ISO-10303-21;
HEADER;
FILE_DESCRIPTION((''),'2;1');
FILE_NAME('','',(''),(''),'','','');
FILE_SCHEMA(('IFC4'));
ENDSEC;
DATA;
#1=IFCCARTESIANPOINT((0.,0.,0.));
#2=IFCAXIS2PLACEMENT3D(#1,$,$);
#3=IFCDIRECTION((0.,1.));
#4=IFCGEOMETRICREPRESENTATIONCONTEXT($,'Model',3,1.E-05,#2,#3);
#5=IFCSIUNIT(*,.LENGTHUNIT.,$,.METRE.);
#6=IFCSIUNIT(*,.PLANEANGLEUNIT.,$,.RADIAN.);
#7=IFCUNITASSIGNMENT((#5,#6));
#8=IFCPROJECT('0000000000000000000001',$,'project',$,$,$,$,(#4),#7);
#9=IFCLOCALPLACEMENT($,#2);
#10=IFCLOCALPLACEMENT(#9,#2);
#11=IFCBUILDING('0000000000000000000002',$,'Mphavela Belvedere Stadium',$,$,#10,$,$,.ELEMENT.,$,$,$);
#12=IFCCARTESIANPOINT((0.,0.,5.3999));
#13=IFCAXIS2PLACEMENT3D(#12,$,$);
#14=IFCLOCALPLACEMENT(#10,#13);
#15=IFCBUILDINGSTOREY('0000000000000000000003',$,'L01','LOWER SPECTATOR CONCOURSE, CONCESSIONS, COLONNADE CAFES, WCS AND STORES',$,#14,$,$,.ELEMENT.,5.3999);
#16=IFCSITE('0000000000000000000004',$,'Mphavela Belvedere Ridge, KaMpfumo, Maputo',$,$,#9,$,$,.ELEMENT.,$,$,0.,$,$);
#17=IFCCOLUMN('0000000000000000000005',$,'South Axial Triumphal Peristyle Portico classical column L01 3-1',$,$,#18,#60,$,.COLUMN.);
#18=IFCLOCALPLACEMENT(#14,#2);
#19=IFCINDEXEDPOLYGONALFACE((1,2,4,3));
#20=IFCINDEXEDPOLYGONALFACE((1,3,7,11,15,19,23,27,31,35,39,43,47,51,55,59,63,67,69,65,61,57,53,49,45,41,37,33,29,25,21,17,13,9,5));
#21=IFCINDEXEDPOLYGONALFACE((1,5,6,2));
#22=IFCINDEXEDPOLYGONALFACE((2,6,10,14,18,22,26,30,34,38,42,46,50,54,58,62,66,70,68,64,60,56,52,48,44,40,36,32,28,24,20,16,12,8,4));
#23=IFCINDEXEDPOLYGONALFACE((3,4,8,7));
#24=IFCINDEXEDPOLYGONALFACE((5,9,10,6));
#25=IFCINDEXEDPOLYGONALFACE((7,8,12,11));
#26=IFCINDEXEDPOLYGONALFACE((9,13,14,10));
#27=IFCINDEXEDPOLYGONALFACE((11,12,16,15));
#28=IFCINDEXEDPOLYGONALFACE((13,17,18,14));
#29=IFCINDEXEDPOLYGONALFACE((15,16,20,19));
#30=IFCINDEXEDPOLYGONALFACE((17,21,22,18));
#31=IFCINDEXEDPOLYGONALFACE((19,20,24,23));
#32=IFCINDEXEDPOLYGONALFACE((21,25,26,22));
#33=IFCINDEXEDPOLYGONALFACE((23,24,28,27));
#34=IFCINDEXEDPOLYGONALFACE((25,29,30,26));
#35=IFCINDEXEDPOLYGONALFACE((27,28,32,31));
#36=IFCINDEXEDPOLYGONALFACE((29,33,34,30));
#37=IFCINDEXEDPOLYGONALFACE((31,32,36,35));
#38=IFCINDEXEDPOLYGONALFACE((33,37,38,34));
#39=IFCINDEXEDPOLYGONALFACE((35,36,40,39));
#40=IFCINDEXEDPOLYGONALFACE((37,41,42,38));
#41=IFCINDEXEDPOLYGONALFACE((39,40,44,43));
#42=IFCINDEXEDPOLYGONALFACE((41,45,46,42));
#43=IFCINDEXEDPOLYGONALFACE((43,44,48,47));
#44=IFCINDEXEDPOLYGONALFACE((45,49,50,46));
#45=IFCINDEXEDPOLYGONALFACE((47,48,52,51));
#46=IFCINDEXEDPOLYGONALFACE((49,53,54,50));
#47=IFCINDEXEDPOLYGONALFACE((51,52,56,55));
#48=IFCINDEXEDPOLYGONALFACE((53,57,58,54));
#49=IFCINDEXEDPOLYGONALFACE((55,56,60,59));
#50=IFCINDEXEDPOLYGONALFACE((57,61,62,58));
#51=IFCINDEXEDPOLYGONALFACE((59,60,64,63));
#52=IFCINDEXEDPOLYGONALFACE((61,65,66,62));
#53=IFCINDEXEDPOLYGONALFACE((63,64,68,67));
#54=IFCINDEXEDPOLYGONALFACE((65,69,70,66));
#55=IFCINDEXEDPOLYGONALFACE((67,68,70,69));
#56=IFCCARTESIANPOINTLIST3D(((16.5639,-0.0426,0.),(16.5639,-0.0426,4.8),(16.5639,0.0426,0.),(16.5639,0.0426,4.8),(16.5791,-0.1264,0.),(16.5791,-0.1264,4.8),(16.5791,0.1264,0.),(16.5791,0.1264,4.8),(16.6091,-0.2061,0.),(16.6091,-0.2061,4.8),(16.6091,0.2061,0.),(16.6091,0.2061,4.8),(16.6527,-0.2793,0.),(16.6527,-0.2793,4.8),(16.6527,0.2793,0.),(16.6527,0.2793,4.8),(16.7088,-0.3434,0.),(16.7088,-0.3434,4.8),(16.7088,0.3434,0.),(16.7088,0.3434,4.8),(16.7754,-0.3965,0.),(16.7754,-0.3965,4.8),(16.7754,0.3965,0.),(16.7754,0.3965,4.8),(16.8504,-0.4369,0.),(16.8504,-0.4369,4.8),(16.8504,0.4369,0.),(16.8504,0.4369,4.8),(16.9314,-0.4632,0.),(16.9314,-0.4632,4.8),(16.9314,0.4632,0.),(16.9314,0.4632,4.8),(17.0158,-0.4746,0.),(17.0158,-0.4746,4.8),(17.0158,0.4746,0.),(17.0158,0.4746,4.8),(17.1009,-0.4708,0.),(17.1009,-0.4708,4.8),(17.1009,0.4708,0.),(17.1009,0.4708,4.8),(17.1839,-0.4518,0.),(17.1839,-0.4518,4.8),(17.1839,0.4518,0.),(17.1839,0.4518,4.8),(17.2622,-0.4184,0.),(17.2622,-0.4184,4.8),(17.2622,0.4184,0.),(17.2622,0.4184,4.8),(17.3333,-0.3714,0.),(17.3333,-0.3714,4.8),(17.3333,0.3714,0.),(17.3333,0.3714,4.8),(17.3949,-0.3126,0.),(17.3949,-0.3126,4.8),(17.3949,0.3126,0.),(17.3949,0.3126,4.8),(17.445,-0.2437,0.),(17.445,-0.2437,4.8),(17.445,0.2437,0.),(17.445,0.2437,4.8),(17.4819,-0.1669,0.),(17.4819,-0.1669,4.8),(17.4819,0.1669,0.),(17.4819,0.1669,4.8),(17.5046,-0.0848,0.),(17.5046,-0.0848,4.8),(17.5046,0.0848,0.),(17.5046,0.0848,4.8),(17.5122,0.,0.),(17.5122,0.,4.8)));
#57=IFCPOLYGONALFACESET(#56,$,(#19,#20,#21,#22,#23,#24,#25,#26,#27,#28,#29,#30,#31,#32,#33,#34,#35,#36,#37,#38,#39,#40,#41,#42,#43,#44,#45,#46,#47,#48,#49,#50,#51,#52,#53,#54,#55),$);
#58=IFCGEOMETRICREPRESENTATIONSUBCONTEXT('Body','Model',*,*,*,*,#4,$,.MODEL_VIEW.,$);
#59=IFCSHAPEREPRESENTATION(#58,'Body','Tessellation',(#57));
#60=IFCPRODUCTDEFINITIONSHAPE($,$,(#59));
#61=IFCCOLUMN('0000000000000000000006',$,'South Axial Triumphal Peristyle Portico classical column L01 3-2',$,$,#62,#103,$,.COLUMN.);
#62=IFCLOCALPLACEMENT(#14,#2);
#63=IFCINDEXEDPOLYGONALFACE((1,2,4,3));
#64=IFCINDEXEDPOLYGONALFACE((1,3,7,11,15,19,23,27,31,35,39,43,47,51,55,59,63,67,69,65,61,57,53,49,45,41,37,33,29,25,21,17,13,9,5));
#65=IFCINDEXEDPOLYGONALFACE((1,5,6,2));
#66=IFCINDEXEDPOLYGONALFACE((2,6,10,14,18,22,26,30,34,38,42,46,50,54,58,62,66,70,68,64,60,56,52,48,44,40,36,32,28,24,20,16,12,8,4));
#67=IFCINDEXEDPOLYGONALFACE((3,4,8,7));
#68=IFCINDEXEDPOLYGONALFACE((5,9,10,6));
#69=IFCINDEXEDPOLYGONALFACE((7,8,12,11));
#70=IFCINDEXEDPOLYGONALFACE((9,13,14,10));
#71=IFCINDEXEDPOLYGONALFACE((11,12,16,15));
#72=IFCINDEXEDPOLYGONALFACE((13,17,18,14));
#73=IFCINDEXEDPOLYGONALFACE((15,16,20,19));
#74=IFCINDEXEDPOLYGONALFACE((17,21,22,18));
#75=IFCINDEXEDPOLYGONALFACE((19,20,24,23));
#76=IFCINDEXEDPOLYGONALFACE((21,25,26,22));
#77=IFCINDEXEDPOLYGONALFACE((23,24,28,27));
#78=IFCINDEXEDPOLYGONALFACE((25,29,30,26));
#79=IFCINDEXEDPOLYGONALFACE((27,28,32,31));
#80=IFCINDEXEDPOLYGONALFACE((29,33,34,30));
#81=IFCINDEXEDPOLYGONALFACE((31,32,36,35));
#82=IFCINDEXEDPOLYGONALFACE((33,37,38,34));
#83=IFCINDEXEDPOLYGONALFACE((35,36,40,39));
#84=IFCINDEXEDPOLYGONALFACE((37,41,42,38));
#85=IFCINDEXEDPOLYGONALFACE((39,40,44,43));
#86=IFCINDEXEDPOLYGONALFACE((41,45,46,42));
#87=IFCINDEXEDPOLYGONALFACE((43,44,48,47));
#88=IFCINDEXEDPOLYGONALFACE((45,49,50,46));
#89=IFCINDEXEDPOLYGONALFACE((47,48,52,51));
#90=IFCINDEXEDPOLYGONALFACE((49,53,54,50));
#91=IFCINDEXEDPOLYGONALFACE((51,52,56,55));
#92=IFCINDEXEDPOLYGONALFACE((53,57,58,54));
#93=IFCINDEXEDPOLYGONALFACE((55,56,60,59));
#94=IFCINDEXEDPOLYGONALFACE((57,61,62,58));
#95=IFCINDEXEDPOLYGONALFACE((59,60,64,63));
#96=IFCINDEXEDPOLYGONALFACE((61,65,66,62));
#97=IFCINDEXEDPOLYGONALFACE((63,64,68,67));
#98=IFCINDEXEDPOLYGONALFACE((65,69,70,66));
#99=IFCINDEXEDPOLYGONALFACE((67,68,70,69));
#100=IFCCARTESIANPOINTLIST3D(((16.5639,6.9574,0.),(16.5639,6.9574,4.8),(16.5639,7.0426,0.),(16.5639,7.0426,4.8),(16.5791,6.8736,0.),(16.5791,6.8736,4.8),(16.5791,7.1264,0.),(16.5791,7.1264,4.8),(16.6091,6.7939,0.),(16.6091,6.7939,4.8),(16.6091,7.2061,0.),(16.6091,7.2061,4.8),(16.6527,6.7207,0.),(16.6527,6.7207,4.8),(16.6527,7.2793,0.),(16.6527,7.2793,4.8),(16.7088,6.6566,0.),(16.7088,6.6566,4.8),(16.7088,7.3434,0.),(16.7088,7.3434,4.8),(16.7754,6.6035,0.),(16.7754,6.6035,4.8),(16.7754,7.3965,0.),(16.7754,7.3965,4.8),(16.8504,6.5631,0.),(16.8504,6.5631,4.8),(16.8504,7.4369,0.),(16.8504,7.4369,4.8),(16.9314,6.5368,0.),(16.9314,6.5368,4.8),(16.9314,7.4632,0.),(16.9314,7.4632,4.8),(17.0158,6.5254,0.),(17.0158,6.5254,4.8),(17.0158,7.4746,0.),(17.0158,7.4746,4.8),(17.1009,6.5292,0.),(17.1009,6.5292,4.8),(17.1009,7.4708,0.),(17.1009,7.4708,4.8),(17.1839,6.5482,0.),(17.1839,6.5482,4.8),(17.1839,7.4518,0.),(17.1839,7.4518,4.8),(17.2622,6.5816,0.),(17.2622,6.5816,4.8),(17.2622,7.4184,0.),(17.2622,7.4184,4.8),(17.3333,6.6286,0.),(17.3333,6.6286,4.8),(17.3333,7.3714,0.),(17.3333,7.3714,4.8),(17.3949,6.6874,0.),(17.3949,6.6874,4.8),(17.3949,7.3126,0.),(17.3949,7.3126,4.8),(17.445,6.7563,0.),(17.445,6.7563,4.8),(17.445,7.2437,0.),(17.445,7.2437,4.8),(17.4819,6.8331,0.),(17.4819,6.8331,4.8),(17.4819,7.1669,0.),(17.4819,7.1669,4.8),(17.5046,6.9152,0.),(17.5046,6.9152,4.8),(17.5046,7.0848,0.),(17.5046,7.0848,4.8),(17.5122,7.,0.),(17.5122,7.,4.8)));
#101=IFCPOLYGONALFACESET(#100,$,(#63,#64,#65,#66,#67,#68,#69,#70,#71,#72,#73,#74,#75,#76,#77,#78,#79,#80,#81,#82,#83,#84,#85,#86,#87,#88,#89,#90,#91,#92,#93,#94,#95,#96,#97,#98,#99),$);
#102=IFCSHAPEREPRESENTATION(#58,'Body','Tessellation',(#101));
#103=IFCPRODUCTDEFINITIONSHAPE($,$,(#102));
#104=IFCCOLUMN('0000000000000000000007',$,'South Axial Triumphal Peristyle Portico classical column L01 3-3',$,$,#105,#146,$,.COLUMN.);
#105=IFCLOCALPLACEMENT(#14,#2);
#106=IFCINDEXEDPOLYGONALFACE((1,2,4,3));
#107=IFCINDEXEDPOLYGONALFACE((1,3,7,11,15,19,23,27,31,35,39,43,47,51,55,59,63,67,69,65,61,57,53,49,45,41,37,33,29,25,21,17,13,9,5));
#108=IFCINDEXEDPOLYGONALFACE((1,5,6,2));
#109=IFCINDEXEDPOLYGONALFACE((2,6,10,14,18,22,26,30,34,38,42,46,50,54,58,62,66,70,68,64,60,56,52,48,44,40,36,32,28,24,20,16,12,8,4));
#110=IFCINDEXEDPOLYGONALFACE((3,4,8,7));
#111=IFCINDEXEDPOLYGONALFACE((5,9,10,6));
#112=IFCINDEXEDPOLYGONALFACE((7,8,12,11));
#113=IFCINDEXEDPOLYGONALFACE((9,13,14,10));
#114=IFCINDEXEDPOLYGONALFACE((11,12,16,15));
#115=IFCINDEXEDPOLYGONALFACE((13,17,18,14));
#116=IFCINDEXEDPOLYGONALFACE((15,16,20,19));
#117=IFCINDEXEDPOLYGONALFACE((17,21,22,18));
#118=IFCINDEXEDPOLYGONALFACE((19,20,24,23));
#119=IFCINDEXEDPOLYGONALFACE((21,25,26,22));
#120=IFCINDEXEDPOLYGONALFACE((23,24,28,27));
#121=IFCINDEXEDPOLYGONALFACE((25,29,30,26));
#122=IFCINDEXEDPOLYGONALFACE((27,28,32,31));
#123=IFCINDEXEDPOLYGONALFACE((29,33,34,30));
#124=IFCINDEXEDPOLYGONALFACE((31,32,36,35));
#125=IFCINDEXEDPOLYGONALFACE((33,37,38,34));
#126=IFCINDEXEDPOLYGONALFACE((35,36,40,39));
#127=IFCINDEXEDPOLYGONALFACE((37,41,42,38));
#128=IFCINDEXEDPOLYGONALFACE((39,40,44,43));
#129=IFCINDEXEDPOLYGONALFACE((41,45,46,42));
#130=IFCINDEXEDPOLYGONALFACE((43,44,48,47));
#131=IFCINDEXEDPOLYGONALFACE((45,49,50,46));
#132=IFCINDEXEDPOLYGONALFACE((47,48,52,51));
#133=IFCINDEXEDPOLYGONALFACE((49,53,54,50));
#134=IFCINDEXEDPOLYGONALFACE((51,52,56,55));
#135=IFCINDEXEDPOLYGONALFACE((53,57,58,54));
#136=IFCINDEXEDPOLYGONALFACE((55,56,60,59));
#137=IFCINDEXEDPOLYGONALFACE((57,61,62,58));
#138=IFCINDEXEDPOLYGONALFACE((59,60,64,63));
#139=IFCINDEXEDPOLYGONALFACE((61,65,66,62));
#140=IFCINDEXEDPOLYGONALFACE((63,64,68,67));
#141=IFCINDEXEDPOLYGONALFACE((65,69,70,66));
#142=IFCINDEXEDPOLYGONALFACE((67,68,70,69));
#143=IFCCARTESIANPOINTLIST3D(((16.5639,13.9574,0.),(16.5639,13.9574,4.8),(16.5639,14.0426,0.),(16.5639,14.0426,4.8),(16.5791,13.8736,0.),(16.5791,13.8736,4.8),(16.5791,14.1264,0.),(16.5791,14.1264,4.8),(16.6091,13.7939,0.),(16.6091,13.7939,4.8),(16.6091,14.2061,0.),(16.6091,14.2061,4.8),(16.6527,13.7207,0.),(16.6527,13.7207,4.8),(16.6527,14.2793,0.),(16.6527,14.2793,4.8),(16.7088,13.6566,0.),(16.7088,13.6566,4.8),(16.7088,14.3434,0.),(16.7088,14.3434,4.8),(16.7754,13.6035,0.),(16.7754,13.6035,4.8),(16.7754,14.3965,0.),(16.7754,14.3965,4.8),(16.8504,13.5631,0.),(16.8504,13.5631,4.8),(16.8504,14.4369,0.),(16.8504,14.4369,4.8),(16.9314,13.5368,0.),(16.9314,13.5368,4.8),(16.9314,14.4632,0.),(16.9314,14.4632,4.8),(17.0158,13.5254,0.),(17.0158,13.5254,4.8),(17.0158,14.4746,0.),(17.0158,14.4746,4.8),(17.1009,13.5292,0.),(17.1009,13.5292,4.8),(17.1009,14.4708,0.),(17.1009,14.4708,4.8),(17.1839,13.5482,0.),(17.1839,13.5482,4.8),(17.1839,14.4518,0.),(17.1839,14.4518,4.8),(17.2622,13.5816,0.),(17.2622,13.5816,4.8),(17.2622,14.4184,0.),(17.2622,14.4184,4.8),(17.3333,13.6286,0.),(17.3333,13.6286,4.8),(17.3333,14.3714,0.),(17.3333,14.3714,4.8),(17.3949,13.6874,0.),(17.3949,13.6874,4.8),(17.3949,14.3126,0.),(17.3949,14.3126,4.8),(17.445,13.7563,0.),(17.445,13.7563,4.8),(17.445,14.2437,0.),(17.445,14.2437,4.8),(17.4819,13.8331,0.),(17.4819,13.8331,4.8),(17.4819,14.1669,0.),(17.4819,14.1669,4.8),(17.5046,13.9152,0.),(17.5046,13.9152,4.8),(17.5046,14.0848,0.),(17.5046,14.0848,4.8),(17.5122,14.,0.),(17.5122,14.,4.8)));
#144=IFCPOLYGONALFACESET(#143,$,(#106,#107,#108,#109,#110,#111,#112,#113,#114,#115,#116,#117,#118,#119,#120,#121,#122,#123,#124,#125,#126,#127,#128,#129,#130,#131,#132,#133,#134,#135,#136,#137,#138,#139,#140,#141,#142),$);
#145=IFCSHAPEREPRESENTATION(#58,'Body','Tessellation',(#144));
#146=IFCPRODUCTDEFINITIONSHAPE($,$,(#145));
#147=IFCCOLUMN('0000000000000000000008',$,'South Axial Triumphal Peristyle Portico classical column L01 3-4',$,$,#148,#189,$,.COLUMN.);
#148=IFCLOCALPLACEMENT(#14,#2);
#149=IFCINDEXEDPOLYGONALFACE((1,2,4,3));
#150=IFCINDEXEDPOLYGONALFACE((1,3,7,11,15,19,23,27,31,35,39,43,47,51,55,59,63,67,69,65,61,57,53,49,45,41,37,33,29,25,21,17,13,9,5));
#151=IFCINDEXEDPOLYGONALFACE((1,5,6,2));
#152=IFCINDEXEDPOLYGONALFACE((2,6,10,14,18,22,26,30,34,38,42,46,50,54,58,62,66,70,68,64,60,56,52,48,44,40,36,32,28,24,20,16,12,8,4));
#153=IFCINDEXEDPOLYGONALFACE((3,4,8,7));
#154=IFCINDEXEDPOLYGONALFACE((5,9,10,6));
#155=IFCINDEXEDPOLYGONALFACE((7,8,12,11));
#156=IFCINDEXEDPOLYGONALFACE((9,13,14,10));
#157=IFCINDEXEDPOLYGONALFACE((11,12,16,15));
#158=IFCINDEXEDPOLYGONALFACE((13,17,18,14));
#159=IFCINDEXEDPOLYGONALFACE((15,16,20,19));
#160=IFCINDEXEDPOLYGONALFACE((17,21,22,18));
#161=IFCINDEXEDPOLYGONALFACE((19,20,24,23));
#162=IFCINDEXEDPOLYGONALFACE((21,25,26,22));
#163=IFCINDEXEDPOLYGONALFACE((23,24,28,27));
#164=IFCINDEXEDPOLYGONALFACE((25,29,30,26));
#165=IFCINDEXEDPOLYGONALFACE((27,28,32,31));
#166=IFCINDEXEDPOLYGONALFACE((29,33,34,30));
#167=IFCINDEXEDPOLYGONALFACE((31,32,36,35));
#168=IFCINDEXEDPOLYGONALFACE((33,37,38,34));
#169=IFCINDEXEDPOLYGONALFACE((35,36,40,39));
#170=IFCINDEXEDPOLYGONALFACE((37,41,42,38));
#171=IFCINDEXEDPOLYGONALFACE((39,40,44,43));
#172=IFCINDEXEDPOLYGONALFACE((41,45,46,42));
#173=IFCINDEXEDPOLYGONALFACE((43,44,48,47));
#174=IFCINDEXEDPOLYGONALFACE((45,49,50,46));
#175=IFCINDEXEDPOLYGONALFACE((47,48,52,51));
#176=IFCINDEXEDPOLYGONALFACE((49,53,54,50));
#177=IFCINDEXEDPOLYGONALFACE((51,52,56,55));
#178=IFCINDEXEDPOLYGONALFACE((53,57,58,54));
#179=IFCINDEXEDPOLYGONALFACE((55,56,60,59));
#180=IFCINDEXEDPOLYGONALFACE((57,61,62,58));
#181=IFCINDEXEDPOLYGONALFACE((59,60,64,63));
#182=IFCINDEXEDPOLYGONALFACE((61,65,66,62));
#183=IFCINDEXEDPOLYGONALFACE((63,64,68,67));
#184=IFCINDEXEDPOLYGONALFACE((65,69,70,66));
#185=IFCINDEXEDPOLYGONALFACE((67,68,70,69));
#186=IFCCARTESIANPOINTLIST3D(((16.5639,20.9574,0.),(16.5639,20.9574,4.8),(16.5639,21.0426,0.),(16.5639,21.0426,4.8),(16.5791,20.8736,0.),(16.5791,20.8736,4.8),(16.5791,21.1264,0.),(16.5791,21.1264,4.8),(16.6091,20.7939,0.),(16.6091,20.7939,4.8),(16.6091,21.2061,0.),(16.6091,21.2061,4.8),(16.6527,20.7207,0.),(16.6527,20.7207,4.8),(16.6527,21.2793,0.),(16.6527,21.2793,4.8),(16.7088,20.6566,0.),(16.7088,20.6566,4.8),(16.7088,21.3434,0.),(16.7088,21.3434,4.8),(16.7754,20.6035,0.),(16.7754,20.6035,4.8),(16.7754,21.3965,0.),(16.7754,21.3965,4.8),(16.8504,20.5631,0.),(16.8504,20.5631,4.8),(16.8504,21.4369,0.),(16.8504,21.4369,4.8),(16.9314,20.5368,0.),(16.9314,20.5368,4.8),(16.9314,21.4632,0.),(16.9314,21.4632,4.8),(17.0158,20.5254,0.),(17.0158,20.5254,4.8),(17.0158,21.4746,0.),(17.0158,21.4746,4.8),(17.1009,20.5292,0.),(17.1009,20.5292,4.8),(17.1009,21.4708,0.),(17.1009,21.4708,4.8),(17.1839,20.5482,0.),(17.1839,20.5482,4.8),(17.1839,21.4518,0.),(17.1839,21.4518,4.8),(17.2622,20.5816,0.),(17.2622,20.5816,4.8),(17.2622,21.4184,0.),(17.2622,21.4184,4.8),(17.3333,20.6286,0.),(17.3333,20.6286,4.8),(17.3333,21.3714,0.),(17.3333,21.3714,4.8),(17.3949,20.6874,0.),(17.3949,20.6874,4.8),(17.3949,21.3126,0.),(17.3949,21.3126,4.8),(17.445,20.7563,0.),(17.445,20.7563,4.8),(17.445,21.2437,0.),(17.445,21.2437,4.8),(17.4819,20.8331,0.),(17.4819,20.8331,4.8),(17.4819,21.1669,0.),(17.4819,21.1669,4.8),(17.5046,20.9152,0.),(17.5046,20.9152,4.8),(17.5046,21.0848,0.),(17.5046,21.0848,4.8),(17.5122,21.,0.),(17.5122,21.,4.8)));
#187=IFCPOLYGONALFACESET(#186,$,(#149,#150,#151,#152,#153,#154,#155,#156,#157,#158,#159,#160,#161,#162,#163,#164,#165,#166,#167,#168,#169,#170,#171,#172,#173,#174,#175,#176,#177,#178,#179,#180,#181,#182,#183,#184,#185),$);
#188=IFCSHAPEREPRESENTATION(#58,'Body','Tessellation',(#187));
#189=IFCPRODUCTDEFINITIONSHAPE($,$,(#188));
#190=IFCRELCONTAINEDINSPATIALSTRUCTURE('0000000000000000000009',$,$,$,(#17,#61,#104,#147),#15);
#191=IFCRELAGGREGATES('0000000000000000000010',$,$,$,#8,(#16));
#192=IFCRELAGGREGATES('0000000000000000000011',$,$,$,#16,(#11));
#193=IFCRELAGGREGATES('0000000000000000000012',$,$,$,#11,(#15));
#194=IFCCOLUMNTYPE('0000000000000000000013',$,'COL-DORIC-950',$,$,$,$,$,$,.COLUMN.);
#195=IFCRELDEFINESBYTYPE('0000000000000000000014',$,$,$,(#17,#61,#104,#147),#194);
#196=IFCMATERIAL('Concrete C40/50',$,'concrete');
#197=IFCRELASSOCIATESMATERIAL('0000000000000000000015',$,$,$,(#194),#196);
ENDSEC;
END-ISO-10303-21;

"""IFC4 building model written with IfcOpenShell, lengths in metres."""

from ifc_helpers import new_model, si_unit, direction, frame, origin, origin_2d, place, context, subcontext, project, spatial, circle, extrude, material, material_profile, profile_set, type_object, element, save


model = new_model("IFC4")

# Units and contexts
model_context = context("Model", 3, precision=1e-05, world=origin(), true_north=direction((0.0, 1.0)))
body_context = subcontext(model_context, "Body", "Model", "MODEL_VIEW")
ifc_project = project(units=[si_unit("LENGTHUNIT", "METRE"), si_unit("PLANEANGLEUNIT", "RADIAN")], contexts=[model_context])

# Site, building, storey
site_placement = place(None, origin())
site = spatial("IfcSite", under=ifc_project, at=site_placement, Name="Mphavela Belvedere Ridge, KaMpfumo, Maputo", CompositionType="ELEMENT", RefElevation=0.0)
building_placement = place(site_placement, origin())
building = spatial("IfcBuilding", under=site, at=building_placement, Name="Mphavela Belvedere Stadium", CompositionType="ELEMENT")
storey_placement = place(building_placement, frame((0.0, 0.0, 5.3999)))
storey = spatial("IfcBuildingStorey", under=building, at=storey_placement, Name="L01", Description="LOWER SPECTATOR CONCOURSE, CONCESSIONS, COLONNADE CAFES, WCS AND STORES", CompositionType="ELEMENT", Elevation=5.3999)

# Columns
ifc_material_1 = material(Name="Concrete C40/50", Category="concrete")
ifc_material_profile_1 = material_profile(ifc_material_1, circle(Radius=0.4751, at=origin_2d()), Name="COL D950")
ifc_profile_set_1 = profile_set([ifc_material_profile_1], Name="Concrete C40/50")
column_type = type_object("IfcColumnType", Name="COL-DORIC-950", PredefinedType="COLUMN", material=ifc_profile_set_1)
for number, where, z_axis, x_axis, name in (
    (1, (17.0371, 0.0, 0.0), (0.0, 0.0, 1.0), (1.0, 0.0, 0.0), "South Axial Triumphal Peristyle Portico classical column L01 3-1"),
    (2, (17.0371, 7.0, 0.0), (0.0, 0.0, 1.0), (1.0, 0.0, 0.0), "South Axial Triumphal Peristyle Portico classical column L01 3-2"),
    (3, (17.0371, 14.0, 0.0), (0.0, 0.0, 1.0), (1.0, 0.0, 0.0), "South Axial Triumphal Peristyle Portico classical column L01 3-3"),
    (4, (17.0371, 21.0, 0.0), (0.0, 0.0, 1.0), (1.0, 0.0, 0.0), "South Axial Triumphal Peristyle Portico classical column L01 3-4"),
):
    element("IfcColumn", number, at=place(storey_placement, frame(where, z_axis=z_axis, x_axis=x_axis)), inside=storey, type_object=column_type, Name=name, PredefinedType="COLUMN", context=body_context, shape_type="SweptSolid", body=[
        extrude(circle(Radius=0.4751, at=origin_2d()), origin(), (0.0, 0.0, 1.0), 4.8),
    ])

save(model, "model.ifc")
